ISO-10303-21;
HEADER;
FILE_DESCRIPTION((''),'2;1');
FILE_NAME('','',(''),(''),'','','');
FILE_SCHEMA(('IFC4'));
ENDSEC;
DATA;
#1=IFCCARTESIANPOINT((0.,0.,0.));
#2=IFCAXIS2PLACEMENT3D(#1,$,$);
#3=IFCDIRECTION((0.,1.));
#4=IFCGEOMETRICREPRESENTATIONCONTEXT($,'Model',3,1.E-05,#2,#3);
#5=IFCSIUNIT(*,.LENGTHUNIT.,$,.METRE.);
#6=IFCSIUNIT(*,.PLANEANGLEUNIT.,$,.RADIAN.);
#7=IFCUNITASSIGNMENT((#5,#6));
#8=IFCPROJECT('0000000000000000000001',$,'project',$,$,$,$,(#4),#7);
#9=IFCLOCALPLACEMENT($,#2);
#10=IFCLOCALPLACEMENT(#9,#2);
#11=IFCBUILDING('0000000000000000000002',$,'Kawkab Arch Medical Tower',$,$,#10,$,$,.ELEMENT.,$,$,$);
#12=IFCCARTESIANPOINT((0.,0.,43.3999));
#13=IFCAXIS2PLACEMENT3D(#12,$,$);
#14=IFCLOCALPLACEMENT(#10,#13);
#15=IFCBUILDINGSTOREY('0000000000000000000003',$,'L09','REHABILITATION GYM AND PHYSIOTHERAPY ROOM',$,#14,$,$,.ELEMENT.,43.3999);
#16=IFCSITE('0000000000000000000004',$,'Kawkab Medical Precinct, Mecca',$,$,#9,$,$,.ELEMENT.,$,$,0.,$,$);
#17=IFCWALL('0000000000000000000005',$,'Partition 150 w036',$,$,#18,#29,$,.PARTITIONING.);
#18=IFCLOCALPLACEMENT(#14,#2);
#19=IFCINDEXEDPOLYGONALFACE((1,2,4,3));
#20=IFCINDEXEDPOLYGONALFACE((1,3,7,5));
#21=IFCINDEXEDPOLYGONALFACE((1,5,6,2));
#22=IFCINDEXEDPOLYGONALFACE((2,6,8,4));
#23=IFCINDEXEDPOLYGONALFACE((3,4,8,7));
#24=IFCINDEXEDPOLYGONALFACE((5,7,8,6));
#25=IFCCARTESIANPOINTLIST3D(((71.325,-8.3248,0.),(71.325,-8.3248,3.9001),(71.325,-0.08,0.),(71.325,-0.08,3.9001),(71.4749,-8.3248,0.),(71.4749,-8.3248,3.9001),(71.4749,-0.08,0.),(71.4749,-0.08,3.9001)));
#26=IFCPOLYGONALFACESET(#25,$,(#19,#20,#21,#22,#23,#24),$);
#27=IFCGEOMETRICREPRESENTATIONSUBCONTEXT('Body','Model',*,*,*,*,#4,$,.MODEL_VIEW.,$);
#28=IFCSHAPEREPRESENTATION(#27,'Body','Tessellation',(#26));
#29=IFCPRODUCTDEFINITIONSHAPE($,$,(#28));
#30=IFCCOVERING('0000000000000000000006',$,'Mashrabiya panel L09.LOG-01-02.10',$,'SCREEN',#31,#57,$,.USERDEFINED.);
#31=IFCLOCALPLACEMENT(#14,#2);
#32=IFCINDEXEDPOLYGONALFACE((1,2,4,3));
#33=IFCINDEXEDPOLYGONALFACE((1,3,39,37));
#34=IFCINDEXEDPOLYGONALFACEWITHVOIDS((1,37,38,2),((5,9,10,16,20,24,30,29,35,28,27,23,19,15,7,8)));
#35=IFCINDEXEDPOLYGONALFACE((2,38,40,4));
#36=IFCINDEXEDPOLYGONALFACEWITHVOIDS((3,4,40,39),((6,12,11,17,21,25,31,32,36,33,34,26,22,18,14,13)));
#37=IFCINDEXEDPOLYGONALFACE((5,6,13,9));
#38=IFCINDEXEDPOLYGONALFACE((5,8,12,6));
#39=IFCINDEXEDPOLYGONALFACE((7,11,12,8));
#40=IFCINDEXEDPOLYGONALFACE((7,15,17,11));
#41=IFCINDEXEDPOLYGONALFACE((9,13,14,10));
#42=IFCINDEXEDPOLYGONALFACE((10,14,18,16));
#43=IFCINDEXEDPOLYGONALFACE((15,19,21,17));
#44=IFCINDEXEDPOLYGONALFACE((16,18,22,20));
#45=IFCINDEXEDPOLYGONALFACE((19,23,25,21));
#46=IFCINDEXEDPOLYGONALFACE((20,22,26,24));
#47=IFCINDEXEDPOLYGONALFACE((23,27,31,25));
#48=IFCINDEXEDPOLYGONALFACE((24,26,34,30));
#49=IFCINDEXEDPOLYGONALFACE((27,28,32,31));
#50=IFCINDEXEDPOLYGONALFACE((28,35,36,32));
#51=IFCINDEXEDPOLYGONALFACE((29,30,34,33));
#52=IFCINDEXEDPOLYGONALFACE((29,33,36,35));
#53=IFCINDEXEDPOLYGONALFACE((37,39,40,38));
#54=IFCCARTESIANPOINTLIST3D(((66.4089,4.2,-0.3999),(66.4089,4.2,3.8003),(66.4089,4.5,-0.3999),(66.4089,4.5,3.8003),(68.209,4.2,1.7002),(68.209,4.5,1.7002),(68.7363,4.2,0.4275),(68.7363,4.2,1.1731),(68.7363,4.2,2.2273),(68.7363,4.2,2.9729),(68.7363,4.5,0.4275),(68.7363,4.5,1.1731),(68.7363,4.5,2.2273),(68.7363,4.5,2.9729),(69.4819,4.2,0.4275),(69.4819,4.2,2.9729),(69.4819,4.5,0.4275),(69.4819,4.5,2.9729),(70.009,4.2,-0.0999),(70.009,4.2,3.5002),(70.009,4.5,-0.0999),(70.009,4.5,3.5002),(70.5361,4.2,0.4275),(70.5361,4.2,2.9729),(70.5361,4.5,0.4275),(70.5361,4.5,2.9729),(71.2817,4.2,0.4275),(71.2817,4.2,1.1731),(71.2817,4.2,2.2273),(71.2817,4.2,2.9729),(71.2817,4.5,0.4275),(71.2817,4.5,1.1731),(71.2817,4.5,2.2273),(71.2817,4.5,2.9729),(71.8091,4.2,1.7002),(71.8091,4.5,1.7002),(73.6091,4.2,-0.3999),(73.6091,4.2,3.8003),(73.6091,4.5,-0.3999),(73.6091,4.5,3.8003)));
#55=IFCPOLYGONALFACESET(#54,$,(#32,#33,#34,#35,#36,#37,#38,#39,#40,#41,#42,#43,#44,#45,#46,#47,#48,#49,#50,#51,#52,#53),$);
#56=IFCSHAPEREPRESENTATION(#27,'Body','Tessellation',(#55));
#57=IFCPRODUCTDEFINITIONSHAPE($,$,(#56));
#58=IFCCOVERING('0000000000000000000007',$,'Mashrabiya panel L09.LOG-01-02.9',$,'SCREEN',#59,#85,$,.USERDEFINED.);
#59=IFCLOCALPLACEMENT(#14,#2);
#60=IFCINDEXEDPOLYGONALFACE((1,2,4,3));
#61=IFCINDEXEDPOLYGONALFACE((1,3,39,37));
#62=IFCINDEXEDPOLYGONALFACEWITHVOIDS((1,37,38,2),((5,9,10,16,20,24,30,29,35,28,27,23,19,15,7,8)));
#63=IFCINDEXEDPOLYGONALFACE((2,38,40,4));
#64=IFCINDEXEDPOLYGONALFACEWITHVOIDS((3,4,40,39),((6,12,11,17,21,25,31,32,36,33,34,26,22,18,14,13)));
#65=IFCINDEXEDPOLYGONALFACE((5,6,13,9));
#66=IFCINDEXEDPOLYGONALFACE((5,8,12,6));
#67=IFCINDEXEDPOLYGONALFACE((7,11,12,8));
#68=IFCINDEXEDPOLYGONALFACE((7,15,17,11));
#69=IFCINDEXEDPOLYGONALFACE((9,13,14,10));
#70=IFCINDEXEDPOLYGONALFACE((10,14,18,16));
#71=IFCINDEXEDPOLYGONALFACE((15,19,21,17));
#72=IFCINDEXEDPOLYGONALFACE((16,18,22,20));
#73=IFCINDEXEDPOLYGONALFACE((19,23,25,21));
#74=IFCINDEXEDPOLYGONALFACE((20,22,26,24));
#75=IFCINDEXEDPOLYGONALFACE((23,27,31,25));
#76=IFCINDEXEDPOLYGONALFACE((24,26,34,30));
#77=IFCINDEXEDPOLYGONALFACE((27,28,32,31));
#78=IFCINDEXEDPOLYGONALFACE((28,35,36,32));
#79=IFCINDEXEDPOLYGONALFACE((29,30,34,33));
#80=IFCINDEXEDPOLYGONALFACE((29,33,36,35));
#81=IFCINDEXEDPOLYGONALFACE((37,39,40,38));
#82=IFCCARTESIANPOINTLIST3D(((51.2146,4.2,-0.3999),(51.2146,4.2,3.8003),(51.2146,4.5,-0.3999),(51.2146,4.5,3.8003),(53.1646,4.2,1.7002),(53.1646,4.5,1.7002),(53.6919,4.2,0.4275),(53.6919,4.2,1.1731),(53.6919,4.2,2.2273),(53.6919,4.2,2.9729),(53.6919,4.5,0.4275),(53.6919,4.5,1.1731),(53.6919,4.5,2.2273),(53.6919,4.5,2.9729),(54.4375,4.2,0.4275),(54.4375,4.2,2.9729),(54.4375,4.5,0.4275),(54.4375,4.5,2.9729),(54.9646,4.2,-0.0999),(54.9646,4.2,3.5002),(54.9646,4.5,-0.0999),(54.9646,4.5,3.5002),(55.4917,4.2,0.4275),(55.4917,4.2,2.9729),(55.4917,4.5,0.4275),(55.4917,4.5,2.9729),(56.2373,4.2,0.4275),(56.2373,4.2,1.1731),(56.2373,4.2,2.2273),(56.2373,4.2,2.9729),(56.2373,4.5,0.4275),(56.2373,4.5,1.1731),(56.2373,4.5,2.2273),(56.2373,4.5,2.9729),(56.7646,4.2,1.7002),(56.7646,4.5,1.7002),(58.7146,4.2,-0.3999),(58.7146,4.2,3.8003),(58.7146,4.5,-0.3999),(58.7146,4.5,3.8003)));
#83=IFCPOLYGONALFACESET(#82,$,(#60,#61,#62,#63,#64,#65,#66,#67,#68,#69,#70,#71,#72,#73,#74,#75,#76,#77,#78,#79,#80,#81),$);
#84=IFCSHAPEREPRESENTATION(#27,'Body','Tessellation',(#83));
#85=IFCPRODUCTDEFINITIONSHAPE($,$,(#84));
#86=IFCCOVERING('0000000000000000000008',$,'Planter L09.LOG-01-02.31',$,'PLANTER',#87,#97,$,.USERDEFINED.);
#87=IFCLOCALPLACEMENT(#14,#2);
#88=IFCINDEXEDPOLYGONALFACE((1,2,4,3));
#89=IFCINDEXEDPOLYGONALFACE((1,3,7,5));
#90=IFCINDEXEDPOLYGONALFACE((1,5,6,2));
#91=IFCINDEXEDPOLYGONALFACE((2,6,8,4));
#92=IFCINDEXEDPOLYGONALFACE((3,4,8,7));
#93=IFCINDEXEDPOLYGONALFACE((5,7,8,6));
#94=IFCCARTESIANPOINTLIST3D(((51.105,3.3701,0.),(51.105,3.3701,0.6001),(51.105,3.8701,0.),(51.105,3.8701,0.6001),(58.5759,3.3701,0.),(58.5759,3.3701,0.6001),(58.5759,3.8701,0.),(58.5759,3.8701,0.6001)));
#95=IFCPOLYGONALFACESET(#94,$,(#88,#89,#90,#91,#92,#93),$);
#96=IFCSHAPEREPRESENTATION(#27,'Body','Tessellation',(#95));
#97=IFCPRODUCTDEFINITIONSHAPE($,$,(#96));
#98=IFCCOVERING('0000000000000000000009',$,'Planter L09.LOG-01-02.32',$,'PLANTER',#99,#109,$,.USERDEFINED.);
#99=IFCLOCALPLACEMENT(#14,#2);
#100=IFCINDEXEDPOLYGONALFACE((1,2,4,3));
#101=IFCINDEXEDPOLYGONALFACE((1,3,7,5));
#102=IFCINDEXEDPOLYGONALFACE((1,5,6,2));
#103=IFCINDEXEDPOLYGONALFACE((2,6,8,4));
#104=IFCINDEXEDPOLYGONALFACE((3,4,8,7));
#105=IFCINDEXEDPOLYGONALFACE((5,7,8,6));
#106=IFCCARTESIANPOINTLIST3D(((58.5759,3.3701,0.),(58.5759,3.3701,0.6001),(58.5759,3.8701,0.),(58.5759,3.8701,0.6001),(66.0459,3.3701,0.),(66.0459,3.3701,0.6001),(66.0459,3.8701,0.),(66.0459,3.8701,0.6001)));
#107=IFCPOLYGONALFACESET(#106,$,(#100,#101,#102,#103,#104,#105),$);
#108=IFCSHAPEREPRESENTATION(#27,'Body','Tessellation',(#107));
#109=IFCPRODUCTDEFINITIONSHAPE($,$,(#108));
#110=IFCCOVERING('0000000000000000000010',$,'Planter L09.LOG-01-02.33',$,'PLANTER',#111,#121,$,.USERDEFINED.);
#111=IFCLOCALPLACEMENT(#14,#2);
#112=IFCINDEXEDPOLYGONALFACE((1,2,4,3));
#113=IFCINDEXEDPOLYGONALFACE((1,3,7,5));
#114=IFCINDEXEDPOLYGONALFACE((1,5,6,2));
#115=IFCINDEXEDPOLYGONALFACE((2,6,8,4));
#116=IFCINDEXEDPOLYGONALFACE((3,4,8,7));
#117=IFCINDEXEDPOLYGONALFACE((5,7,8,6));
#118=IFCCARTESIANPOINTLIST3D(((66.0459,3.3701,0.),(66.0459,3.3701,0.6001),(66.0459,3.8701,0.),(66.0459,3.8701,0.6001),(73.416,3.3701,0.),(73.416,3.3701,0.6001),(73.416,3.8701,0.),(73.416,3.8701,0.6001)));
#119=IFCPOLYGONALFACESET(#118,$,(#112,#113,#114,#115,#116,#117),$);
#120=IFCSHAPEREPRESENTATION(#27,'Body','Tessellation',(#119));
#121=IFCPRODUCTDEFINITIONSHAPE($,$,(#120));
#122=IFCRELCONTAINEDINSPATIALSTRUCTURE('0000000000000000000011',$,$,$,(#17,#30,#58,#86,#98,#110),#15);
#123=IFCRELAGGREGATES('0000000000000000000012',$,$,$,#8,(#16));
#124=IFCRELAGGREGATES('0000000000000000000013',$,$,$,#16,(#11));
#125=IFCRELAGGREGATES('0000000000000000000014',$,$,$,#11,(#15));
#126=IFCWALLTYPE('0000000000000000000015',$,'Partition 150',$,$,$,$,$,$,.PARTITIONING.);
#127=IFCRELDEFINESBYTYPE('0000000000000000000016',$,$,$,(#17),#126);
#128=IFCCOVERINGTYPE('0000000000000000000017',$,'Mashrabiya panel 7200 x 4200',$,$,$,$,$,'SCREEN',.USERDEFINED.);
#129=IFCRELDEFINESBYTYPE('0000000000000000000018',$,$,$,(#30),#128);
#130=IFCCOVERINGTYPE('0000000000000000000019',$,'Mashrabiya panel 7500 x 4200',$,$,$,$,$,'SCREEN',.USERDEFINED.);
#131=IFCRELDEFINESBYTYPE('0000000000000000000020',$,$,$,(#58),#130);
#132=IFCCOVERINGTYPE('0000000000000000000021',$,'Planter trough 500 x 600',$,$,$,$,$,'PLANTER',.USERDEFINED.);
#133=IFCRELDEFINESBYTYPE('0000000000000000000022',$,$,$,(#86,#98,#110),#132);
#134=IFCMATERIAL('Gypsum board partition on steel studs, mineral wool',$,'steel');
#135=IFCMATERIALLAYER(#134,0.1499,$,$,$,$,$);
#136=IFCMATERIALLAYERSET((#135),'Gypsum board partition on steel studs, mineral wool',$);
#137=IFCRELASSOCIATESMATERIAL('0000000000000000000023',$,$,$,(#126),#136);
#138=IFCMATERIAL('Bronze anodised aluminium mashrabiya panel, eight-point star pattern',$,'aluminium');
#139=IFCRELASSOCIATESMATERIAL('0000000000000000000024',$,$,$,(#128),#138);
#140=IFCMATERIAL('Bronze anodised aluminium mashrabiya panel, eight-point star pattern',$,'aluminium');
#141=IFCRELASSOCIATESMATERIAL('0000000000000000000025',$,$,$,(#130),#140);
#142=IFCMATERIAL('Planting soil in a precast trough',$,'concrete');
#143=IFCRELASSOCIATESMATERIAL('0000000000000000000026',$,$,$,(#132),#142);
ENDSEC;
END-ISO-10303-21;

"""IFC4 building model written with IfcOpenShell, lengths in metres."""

from ifc_helpers import new_model, si_unit, direction, frame, frame_2d, origin, origin_2d, place, context, subcontext, project, spatial, polyline, rectangle, outline, extrude, material, layer, layer_set, material_profile, profile_set, type_object, element, save


model = new_model("IFC4")

# Units and contexts
model_context = context("Model", 3, precision=1e-05, world=origin(), true_north=direction((0.0, 1.0)))
body_context = subcontext(model_context, "Body", "Model", "MODEL_VIEW")
ifc_project = project(units=[si_unit("LENGTHUNIT", "METRE"), si_unit("PLANEANGLEUNIT", "RADIAN")], contexts=[model_context])

# Site, building, storey
site_placement = place(None, origin())
site = spatial("IfcSite", under=ifc_project, at=site_placement, Name="Kawkab Medical Precinct, Mecca", CompositionType="ELEMENT", RefElevation=0.0)
building_placement = place(site_placement, origin())
building = spatial("IfcBuilding", under=site, at=building_placement, Name="Kawkab Arch Medical Tower", CompositionType="ELEMENT")
storey_placement = place(building_placement, frame((0.0, 0.0, 43.3999)))
storey = spatial("IfcBuildingStorey", under=building, at=storey_placement, Name="L09", Description="REHABILITATION GYM AND PHYSIOTHERAPY ROOM", CompositionType="ELEMENT", Elevation=43.3999)

# Shared definitions
ifc_material_1 = material(Name="Gypsum board partition on steel studs, mineral wool", Category="steel")
ifc_layer_1 = layer(ifc_material_1, 0.1499)
ifc_layer_set_1 = layer_set([ifc_layer_1], Name="Gypsum board partition on steel studs, mineral wool")
wall_type_1 = type_object("IfcWallType", Name="Partition 150", PredefinedType="PARTITIONING", material=ifc_layer_set_1)

# Wall
for number, where, z_axis, x_axis, name in (
    (1, (71.3999, -8.325, 0.0), (0.0, 0.0, 1.0), (0.0, 1.0, 0.0), "Partition 150 w036"),
):
    element("IfcWall", number, at=place(storey_placement, frame(where, z_axis=z_axis, x_axis=x_axis)), inside=storey, type_object=wall_type_1, Name=name, PredefinedType="PARTITIONING", context=body_context, shape_type="SweptSolid", body=[
        extrude(rectangle(XDim=8.2449, YDim=0.1499, at=frame_2d((4.1226, 0.0))), origin(), (0.0, 0.0, 1.0), 3.9001),
    ])

# Coverings
ifc_material_2 = material(Name="Bronze anodised aluminium mashrabiya panel, eight-point star pattern", Category="aluminium")
ifc_material_profile_1 = material_profile(ifc_material_2, outline(polyline([(-3.6001, -2.1001), (3.6001, -2.1001), (3.6001, 2.1001), (-3.6001, 2.1001), (-3.6001, -2.1001)]), holes=[polyline([(1.8, 0.0), (1.2727, 0.5271), (1.2727, 1.2727), (0.5271, 1.2727), (0.0, 1.8), (-0.5271, 1.2727), (-1.2727, 1.2727), (-1.2727, 0.5271), (-1.8, 0.0), (-1.2727, -0.5271), (-1.2727, -1.2727), (-0.5271, -1.2727), (0.0, -1.8), (0.5271, -1.2727), (1.2727, -1.2727), (1.2727, -0.5271), (1.8, 0.0)])]), Name="Mashrabiya panel 7200x4200")
ifc_profile_set_1 = profile_set([ifc_material_profile_1], Name="Bronze anodised aluminium mashrabiya panel, eight-point star pattern")
covering_type_1 = type_object("IfcCoveringType", Name="Mashrabiya panel 7200 x 4200", ElementType="SCREEN", PredefinedType="USERDEFINED", material=ifc_profile_set_1)
covering_1_placement = place(storey_placement, frame((70.009, 4.2, 1.7002), z_axis=(0.0, 1.0, 0.0), x_axis=(-1.0, 0.0, 0.0)))
element("IfcCovering", 2, at=covering_1_placement, inside=storey, type_object=covering_type_1, Name="Mashrabiya panel L09.LOG-01-02.10", ObjectType="SCREEN", PredefinedType="USERDEFINED", context=body_context, shape_type="SweptSolid", body=[
    extrude(outline(polyline([(-3.6001, -2.1001), (3.6001, -2.1001), (3.6001, 2.1001), (-3.6001, 2.1001), (-3.6001, -2.1001)]), holes=[polyline([(1.8, 0.0), (1.2727, 0.5271), (1.2727, 1.2727), (0.5271, 1.2727), (0.0, 1.8), (-0.5271, 1.2727), (-1.2727, 1.2727), (-1.2727, 0.5271), (-1.8, 0.0), (-1.2727, -0.5271), (-1.2727, -1.2727), (-0.5271, -1.2727), (0.0, -1.8), (0.5271, -1.2727), (1.2727, -1.2727), (1.2727, -0.5271), (1.8, 0.0)])]), origin(), (0.0, 0.0, 1.0), 0.3),
])
ifc_material_3 = material(Name="Bronze anodised aluminium mashrabiya panel, eight-point star pattern", Category="aluminium")
ifc_material_profile_2 = material_profile(ifc_material_3, outline(polyline([(-3.75, -2.1001), (3.75, -2.1001), (3.75, 2.1001), (-3.75, 2.1001), (-3.75, -2.1001)]), holes=[polyline([(1.8, 0.0), (1.2727, 0.5271), (1.2727, 1.2727), (0.5271, 1.2727), (0.0, 1.8), (-0.5271, 1.2727), (-1.2727, 1.2727), (-1.2727, 0.5271), (-1.8, 0.0), (-1.2727, -0.5271), (-1.2727, -1.2727), (-0.5271, -1.2727), (0.0, -1.8), (0.5271, -1.2727), (1.2727, -1.2727), (1.2727, -0.5271), (1.8, 0.0)])]), Name="Mashrabiya panel 7500x4200")
ifc_profile_set_2 = profile_set([ifc_material_profile_2], Name="Bronze anodised aluminium mashrabiya panel, eight-point star pattern")
covering_type_2 = type_object("IfcCoveringType", Name="Mashrabiya panel 7500 x 4200", ElementType="SCREEN", PredefinedType="USERDEFINED", material=ifc_profile_set_2)
covering_2_placement = place(storey_placement, frame((54.9646, 4.2, 1.7002), z_axis=(0.0, 1.0, 0.0), x_axis=(-1.0, 0.0, 0.0)))
element("IfcCovering", 3, at=covering_2_placement, inside=storey, type_object=covering_type_2, Name="Mashrabiya panel L09.LOG-01-02.9", ObjectType="SCREEN", PredefinedType="USERDEFINED", context=body_context, shape_type="SweptSolid", body=[
    extrude(outline(polyline([(-3.75, -2.1001), (3.75, -2.1001), (3.75, 2.1001), (-3.75, 2.1001), (-3.75, -2.1001)]), holes=[polyline([(1.8, 0.0), (1.2727, 0.5271), (1.2727, 1.2727), (0.5271, 1.2727), (0.0, 1.8), (-0.5271, 1.2727), (-1.2727, 1.2727), (-1.2727, 0.5271), (-1.8, 0.0), (-1.2727, -0.5271), (-1.2727, -1.2727), (-0.5271, -1.2727), (0.0, -1.8), (0.5271, -1.2727), (1.2727, -1.2727), (1.2727, -0.5271), (1.8, 0.0)])]), origin(), (0.0, 0.0, 1.0), 0.3),
])
ifc_material_4 = material(Name="Planting soil in a precast trough", Category="concrete")
ifc_material_profile_3 = material_profile(ifc_material_4, rectangle(XDim=0.5, YDim=0.6001, at=origin_2d()), Name="Trough 500x600")
ifc_profile_set_3 = profile_set([ifc_material_profile_3], Name="Planting soil in a precast trough")
covering_type_3 = type_object("IfcCoveringType", Name="Planter trough 500 x 600", ElementType="PLANTER", PredefinedType="USERDEFINED", material=ifc_profile_set_3)
covering_3_placement = place(storey_placement, frame((51.105, 3.6201, 0.3), z_axis=(1.0, 0.0, 0.0), x_axis=(0.0, 1.0, 0.0)))
element("IfcCovering", 4, at=covering_3_placement, inside=storey, type_object=covering_type_3, Name="Planter L09.LOG-01-02.31", ObjectType="PLANTER", PredefinedType="USERDEFINED", context=body_context, shape_type="SweptSolid", body=[
    extrude(rectangle(XDim=0.5, YDim=0.6001, at=origin_2d()), origin(), (0.0, 0.0, 1.0), 7.4709),
])
covering_4_placement = place(storey_placement, frame((58.5759, 3.6201, 0.3), z_axis=(1.0, 0.0, 0.0), x_axis=(0.0, 1.0, 0.0)))
element("IfcCovering", 5, at=covering_4_placement, inside=storey, type_object=covering_type_3, Name="Planter L09.LOG-01-02.32", ObjectType="PLANTER", PredefinedType="USERDEFINED", context=body_context, shape_type="SweptSolid", body=[
    extrude(rectangle(XDim=0.5, YDim=0.6001, at=origin_2d()), origin(), (0.0, 0.0, 1.0), 7.47),
])
covering_5_placement = place(storey_placement, frame((66.0459, 3.6201, 0.3), z_axis=(1.0, 0.0, 0.0), x_axis=(0.0, 1.0, 0.0)))
element("IfcCovering", 6, at=covering_5_placement, inside=storey, type_object=covering_type_3, Name="Planter L09.LOG-01-02.33", ObjectType="PLANTER", PredefinedType="USERDEFINED", context=body_context, shape_type="SweptSolid", body=[
    extrude(rectangle(XDim=0.5, YDim=0.6001, at=origin_2d()), origin(), (0.0, 0.0, 1.0), 7.3701),
])

save(model, "model.ifc")
